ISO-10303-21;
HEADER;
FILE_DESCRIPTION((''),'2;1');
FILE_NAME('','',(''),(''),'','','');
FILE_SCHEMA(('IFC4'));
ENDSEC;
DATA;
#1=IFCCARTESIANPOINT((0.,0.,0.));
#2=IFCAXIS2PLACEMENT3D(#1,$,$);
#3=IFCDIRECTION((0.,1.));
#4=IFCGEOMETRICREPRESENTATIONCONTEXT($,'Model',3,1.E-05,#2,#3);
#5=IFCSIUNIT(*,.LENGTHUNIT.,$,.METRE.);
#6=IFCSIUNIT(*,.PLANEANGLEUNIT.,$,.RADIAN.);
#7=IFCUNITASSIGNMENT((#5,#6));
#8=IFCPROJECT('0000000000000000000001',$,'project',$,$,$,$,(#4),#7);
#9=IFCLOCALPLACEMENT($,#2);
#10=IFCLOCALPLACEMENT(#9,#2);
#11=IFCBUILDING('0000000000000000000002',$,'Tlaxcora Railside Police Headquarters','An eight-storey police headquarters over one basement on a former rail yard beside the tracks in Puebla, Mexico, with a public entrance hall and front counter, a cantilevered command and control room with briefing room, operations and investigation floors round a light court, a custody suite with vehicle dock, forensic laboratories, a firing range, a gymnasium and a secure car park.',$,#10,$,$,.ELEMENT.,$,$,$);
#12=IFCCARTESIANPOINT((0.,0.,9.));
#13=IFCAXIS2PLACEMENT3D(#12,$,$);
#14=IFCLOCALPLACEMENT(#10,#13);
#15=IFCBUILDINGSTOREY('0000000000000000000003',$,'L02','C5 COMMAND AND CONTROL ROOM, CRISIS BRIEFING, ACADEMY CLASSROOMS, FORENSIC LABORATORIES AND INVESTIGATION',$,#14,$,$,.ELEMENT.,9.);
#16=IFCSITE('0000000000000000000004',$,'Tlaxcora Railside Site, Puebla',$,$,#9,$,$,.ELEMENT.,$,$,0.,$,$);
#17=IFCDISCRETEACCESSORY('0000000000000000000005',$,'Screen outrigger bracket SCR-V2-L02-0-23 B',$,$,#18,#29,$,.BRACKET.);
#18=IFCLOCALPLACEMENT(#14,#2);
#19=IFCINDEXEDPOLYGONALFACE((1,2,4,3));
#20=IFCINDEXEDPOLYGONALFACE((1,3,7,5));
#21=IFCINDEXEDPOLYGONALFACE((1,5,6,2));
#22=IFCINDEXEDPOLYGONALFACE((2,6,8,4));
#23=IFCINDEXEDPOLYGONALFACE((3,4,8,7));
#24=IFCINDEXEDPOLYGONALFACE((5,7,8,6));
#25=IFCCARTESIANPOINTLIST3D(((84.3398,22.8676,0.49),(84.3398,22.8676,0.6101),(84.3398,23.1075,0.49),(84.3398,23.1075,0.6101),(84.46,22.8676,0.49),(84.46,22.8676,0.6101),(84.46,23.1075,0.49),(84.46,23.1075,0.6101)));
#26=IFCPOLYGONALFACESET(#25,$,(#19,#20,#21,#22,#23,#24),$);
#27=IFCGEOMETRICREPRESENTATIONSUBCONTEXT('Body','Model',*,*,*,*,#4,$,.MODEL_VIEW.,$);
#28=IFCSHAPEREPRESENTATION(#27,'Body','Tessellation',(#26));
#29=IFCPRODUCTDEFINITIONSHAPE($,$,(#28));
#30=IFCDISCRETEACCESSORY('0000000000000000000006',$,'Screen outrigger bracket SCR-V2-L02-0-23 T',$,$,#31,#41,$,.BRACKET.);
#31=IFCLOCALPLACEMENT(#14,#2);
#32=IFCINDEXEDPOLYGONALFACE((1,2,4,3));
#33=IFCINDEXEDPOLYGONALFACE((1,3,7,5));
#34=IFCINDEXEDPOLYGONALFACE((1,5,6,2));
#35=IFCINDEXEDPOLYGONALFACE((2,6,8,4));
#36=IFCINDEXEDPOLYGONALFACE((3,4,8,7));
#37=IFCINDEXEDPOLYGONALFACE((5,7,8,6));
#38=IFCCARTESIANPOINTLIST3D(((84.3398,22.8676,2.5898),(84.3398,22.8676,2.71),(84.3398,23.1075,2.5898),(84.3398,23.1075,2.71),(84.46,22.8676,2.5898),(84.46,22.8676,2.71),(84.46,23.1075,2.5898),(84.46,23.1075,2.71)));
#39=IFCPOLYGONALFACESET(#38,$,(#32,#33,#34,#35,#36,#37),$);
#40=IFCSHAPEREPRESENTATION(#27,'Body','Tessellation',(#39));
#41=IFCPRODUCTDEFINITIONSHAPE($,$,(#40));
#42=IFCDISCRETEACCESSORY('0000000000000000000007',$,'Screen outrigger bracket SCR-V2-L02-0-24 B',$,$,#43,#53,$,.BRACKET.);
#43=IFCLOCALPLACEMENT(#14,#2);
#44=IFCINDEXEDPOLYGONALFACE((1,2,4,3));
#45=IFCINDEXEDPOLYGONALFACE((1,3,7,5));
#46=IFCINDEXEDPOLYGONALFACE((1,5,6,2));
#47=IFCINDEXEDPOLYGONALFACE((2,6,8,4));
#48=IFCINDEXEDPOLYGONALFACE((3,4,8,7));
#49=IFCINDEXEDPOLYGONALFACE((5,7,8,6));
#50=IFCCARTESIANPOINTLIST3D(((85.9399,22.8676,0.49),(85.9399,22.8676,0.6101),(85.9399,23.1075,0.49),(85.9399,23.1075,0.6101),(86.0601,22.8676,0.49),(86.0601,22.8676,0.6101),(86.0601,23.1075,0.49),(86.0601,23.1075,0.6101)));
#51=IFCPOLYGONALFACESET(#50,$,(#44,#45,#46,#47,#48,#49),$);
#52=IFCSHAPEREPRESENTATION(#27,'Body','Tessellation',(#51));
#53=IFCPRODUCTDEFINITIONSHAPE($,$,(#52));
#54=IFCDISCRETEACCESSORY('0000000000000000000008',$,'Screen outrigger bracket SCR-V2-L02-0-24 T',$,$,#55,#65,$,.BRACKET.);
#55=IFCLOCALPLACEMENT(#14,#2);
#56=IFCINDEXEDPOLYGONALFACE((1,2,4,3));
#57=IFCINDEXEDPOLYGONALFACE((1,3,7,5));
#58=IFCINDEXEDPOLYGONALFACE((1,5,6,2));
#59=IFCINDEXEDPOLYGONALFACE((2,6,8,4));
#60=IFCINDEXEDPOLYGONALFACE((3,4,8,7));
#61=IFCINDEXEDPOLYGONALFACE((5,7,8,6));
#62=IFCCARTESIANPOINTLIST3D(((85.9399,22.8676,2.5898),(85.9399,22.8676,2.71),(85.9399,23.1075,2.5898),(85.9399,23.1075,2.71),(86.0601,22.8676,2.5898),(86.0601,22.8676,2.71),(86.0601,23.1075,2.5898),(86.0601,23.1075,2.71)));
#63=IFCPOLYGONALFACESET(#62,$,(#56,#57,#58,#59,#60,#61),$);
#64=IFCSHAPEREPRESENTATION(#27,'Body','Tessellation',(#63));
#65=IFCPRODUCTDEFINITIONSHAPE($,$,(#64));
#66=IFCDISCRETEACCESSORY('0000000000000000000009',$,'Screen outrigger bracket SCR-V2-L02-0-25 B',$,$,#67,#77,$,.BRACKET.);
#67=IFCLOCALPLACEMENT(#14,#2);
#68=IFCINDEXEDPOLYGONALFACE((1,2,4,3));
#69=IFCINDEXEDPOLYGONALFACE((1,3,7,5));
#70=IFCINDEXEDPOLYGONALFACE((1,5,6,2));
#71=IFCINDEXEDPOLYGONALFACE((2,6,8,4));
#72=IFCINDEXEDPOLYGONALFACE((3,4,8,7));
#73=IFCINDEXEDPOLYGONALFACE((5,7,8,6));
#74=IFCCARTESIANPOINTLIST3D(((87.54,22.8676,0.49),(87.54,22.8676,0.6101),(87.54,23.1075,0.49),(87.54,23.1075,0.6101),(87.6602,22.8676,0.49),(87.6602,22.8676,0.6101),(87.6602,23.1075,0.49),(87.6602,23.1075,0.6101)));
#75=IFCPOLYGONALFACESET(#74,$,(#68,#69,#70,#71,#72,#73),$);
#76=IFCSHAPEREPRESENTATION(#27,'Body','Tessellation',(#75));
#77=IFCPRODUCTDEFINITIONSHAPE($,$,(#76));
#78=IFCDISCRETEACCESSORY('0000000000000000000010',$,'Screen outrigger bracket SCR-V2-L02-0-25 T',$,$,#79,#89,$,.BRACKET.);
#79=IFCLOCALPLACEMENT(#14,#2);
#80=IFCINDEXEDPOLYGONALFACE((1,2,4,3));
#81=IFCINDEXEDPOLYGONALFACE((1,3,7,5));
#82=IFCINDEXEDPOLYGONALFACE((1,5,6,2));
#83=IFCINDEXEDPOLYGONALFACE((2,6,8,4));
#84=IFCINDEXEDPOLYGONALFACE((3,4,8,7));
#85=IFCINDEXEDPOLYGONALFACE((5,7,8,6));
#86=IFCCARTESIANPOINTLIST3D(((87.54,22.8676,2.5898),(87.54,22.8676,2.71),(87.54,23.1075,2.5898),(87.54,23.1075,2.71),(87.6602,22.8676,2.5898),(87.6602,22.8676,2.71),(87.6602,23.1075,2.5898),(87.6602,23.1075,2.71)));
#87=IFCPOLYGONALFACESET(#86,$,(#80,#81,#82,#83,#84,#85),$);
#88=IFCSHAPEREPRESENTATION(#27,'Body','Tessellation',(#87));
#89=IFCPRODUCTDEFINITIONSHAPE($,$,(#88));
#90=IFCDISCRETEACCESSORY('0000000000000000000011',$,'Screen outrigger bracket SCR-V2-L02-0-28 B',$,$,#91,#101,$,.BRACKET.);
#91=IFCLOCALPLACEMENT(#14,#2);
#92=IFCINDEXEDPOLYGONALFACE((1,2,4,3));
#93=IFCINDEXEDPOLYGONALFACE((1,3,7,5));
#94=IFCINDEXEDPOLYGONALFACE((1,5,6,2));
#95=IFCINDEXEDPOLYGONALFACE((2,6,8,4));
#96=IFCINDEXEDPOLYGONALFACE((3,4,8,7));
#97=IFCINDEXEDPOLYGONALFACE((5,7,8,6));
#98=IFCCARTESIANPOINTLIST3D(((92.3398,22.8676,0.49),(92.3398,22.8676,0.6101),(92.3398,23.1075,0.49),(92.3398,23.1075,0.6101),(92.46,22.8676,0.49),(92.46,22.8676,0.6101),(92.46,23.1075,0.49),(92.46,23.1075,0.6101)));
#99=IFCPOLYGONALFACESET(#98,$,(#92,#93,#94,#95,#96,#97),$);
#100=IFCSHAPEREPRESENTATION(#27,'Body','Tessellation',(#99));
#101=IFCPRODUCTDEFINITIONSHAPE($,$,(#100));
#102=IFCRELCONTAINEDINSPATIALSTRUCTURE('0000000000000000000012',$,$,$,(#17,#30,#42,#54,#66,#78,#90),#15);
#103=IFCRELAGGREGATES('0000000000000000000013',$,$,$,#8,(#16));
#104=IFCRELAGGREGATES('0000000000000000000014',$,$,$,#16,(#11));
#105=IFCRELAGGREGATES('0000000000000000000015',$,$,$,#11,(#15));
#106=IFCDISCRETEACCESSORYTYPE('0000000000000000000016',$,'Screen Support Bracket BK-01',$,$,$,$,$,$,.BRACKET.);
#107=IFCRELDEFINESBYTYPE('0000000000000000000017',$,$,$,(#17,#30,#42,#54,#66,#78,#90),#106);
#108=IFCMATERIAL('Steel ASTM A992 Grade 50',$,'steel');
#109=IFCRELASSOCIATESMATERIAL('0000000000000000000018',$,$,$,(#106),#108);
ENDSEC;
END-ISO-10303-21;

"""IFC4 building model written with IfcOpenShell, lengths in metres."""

from ifc_helpers import new_model, si_unit, direction, frame, origin, origin_2d, place, context, subcontext, project, spatial, rectangle, extrude, material, type_object, element, save


model = new_model("IFC4")

# Units and contexts
model_context = context("Model", 3, precision=1e-05, world=origin(), true_north=direction((0.0, 1.0)))
body_context = subcontext(model_context, "Body", "Model", "MODEL_VIEW")
ifc_project = project(units=[si_unit("LENGTHUNIT", "METRE"), si_unit("PLANEANGLEUNIT", "RADIAN")], contexts=[model_context])

# Site, building, storey
site_placement = place(None, origin())
site = spatial("IfcSite", under=ifc_project, at=site_placement, Name="Tlaxcora Railside Site, Puebla", CompositionType="ELEMENT", RefElevation=0.0)
building_placement = place(site_placement, origin())
building = spatial("IfcBuilding", under=site, at=building_placement, Name="Tlaxcora Railside Police Headquarters", Description="An eight-storey police headquarters over one basement on a former rail yard beside the tracks in Puebla, Mexico, with a public entrance hall and front counter, a cantilevered command and control room with briefing room, operations and investigation floors round a light court, a custody suite with vehicle dock, forensic laboratories, a firing range, a gymnasium and a secure car park.", CompositionType="ELEMENT")
storey_placement = place(building_placement, frame((0.0, 0.0, 9.0)))
storey = spatial("IfcBuildingStorey", under=building, at=storey_placement, Name="L02", Description="C5 COMMAND AND CONTROL ROOM, CRISIS BRIEFING, ACADEMY CLASSROOMS, FORENSIC LABORATORIES AND INVESTIGATION", CompositionType="ELEMENT", Elevation=9.0)

# Shared definitions
ifc_material_1 = material(Name="Steel ASTM A992 Grade 50", Category="steel")

# Discrete accessories
discrete_accessory_type = type_object("IfcDiscreteAccessoryType", Name="Screen Support Bracket BK-01", PredefinedType="BRACKET", material=ifc_material_1)
for number, where, z_axis, x_axis, name in (
    (1, (84.3999, 22.9875, 0.49), (0.0, 0.0, 1.0), (1.0, 0.0, 0.0), "Screen outrigger bracket SCR-V2-L02-0-23 B"),
    (2, (84.3999, 22.9875, 2.5898), (0.0, 0.0, 1.0), (1.0, 0.0, 0.0), "Screen outrigger bracket SCR-V2-L02-0-23 T"),
    (3, (86.0, 22.9875, 0.49), (0.0, 0.0, 1.0), (1.0, 0.0, 0.0), "Screen outrigger bracket SCR-V2-L02-0-24 B"),
    (4, (86.0, 22.9875, 2.5898), (0.0, 0.0, 1.0), (1.0, 0.0, 0.0), "Screen outrigger bracket SCR-V2-L02-0-24 T"),
    (5, (87.6001, 22.9875, 0.49), (0.0, 0.0, 1.0), (1.0, 0.0, 0.0), "Screen outrigger bracket SCR-V2-L02-0-25 B"),
    (6, (87.6001, 22.9875, 2.5898), (0.0, 0.0, 1.0), (1.0, 0.0, 0.0), "Screen outrigger bracket SCR-V2-L02-0-25 T"),
    (7, (92.3999, 22.9875, 0.49), (0.0, 0.0, 1.0), (1.0, 0.0, 0.0), "Screen outrigger bracket SCR-V2-L02-0-28 B"),
):
    element("IfcDiscreteAccessory", number, at=place(storey_placement, frame(where, z_axis=z_axis, x_axis=x_axis)), inside=storey, type_object=discrete_accessory_type, Name=name, PredefinedType="BRACKET", context=body_context, shape_type="SweptSolid", body=[
        extrude(rectangle(XDim=0.1201, YDim=0.24, at=origin_2d()), origin(), (0.0, 0.0, 1.0), 0.1201),
    ])

save(model, "model.ifc")
